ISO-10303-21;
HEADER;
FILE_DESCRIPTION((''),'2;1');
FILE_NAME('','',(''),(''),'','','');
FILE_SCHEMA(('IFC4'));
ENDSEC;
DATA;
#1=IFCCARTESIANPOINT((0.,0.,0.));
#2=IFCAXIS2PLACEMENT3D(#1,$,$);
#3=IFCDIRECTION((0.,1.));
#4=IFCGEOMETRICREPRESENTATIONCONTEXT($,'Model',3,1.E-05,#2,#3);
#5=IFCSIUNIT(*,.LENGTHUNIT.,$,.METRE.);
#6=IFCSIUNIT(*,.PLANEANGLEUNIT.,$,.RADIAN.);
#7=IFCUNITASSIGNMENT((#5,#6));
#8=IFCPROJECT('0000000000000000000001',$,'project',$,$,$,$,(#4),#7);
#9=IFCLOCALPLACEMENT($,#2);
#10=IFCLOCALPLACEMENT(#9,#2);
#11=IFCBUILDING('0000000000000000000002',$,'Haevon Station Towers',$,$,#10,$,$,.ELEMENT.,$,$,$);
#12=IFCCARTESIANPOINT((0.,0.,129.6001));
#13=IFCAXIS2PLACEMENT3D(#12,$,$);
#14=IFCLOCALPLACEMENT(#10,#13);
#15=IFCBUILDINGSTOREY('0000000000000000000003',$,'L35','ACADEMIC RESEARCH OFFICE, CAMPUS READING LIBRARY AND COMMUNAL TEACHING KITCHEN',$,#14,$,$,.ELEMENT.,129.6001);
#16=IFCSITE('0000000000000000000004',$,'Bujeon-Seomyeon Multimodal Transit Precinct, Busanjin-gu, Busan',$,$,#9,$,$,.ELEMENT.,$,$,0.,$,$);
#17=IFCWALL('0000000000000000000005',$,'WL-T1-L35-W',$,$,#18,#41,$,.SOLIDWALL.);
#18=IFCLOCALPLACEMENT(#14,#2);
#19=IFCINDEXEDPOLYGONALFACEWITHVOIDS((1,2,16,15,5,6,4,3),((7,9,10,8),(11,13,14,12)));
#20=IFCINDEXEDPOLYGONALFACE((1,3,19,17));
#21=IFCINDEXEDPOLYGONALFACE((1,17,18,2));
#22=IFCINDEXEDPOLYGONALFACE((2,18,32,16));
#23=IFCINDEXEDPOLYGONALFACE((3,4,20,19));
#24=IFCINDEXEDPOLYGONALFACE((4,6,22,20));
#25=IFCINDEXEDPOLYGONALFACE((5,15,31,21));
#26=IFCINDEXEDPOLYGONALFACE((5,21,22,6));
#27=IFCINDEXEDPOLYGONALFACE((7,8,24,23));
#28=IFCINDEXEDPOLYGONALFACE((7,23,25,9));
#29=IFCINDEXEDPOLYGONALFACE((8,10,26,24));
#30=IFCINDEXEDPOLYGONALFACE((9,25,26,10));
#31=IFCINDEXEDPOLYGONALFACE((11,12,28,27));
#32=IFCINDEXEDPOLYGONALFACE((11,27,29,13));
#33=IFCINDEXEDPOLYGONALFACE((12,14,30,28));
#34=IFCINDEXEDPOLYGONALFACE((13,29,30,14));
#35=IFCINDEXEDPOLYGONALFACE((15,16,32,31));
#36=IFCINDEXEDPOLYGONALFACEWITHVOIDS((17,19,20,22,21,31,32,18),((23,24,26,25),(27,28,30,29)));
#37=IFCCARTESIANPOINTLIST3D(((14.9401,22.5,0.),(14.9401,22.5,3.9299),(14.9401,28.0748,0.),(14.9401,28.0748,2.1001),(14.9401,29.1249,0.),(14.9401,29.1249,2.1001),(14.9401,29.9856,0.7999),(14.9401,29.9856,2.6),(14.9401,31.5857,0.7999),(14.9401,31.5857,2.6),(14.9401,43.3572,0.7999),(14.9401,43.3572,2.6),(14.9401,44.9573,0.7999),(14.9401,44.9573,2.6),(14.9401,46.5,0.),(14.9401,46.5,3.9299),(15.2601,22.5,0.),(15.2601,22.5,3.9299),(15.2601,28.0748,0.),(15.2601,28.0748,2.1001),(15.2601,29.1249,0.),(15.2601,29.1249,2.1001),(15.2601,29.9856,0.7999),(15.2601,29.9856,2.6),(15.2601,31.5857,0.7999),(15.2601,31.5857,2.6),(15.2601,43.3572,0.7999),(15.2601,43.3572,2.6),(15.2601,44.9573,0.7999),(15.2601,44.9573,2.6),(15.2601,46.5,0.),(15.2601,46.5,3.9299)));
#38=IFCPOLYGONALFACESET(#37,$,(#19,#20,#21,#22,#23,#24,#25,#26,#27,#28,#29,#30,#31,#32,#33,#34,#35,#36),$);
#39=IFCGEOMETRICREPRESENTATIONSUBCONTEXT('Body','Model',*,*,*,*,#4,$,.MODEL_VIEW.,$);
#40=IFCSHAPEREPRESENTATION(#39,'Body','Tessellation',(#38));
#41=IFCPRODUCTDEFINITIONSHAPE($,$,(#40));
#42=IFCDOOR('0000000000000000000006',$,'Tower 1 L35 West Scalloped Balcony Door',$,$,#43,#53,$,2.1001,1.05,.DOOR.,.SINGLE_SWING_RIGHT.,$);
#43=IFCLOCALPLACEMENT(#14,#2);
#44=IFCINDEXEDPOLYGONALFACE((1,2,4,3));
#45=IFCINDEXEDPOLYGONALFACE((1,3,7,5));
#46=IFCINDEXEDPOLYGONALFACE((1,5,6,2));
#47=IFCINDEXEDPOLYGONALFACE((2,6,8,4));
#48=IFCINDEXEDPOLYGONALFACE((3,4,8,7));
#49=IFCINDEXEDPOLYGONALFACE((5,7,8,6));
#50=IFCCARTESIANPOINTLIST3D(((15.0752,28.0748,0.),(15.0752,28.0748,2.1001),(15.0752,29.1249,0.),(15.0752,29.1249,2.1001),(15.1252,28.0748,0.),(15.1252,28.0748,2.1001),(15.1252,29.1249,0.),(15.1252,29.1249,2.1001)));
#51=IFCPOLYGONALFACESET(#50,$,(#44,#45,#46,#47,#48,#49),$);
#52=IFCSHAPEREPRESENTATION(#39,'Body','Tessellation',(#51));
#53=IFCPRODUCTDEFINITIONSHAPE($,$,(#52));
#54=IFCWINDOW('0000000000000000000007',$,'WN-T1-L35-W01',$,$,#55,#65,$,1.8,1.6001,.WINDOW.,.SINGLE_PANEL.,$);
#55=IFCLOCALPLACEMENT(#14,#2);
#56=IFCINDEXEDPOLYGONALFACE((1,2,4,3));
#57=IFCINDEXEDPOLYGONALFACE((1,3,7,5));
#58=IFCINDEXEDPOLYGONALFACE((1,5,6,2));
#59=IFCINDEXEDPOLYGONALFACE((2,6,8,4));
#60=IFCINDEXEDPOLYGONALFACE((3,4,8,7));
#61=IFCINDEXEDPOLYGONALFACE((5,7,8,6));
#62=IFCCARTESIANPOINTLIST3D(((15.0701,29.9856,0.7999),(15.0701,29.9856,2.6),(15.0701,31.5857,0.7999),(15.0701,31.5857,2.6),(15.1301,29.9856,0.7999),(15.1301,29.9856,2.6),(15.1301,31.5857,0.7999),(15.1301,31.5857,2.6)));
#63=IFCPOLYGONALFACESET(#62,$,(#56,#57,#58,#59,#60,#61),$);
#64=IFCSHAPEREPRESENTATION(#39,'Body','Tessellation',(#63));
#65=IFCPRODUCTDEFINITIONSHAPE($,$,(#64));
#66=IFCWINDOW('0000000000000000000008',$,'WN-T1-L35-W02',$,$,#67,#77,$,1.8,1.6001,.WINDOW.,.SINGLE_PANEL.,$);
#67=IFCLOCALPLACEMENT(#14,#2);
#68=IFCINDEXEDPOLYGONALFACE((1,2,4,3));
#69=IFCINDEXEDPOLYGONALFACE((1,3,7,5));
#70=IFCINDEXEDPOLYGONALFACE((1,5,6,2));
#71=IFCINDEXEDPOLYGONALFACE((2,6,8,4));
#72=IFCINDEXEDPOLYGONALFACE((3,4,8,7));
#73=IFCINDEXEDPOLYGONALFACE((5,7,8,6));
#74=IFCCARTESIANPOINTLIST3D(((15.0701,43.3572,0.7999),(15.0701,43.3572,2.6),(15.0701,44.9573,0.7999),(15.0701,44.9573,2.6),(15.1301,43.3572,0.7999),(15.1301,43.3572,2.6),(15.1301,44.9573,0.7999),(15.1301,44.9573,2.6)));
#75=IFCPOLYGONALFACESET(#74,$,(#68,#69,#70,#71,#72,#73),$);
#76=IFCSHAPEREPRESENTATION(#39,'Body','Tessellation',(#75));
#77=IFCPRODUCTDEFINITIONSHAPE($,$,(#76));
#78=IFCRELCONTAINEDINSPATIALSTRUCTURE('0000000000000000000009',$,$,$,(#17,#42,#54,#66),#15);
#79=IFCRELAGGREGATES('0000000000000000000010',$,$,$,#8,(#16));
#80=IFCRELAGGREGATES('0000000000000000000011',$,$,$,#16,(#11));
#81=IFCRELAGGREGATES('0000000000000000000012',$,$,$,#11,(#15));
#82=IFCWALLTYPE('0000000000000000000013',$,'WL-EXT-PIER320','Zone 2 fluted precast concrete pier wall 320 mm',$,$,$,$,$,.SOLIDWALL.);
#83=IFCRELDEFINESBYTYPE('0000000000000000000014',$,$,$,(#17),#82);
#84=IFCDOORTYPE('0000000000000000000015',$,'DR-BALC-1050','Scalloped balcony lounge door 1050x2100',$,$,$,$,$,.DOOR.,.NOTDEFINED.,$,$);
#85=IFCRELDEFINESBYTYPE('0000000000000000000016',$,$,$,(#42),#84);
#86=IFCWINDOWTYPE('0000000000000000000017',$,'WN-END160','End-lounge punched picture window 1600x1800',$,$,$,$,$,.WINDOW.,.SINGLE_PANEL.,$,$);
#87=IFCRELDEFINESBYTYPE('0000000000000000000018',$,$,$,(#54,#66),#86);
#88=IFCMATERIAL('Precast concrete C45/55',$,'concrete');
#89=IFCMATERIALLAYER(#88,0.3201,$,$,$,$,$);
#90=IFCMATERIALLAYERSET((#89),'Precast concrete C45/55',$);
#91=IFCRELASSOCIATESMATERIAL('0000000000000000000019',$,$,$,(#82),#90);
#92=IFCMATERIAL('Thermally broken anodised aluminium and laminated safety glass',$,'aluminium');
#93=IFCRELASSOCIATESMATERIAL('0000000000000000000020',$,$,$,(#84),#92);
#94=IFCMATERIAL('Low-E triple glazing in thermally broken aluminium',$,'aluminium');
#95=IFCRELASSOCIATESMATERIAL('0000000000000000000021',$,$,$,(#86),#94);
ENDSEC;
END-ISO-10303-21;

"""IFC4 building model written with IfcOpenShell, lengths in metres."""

from ifc_helpers import new_model, si_unit, direction, frame, frame_2d, origin, place, context, subcontext, project, spatial, rectangle, extrude, material, layer, layer_set, type_object, element, fill, save


model = new_model("IFC4")

# Units and contexts
model_context = context("Model", 3, precision=1e-05, world=origin(), true_north=direction((0.0, 1.0)))
body_context = subcontext(model_context, "Body", "Model", "MODEL_VIEW")
ifc_project = project(units=[si_unit("LENGTHUNIT", "METRE"), si_unit("PLANEANGLEUNIT", "RADIAN")], contexts=[model_context])

# Site, building, storey
site_placement = place(None, origin())
site = spatial("IfcSite", under=ifc_project, at=site_placement, Name="Bujeon-Seomyeon Multimodal Transit Precinct, Busanjin-gu, Busan", CompositionType="ELEMENT", RefElevation=0.0)
building_placement = place(site_placement, origin())
building = spatial("IfcBuilding", under=site, at=building_placement, Name="Haevon Station Towers", CompositionType="ELEMENT")
storey_placement = place(building_placement, frame((0.0, 0.0, 129.6001)))
storey = spatial("IfcBuildingStorey", under=building, at=storey_placement, Name="L35", Description="ACADEMIC RESEARCH OFFICE, CAMPUS READING LIBRARY AND COMMUNAL TEACHING KITCHEN", CompositionType="ELEMENT", Elevation=129.6001)

# Shared definitions
ifc_material_1 = material(Name="Precast concrete C45/55", Category="concrete")
ifc_layer_1 = layer(ifc_material_1, 0.3201)
ifc_layer_set_1 = layer_set([ifc_layer_1], Name="Precast concrete C45/55")
wall_type_1 = type_object("IfcWallType", Name="WL-EXT-PIER320", Description="Zone 2 fluted precast concrete pier wall 320 mm", PredefinedType="SOLIDWALL", material=ifc_layer_set_1)

# Wall, openings, door, windows
wall_1_placement = place(storey_placement, frame((15.1001, 22.5, 0.0), z_axis=(0.0, 0.0, 1.0), x_axis=(0.0, 1.0, 0.0)))
wall_1 = element("IfcWall", 1, at=wall_1_placement, inside=storey, type_object=wall_type_1, Name="WL-T1-L35-W", PredefinedType="SOLIDWALL", context=body_context, shape_type="SweptSolid", body=[
    extrude(rectangle(XDim=24.0, YDim=0.3201, at=frame_2d((12.0, 0.0))), origin(), (0.0, 0.0, 1.0), 3.9299),
])
opening_1_placement = place(wall_1_placement, frame((5.575, 0.0, 0.0)))
opening_1 = element("IfcOpeningElement", 2, at=opening_1_placement, cuts=wall_1, PredefinedType="OPENING", context=body_context, shape_type="SweptSolid", body=[
    extrude(rectangle(XDim=1.05, YDim=2.1001, at=frame_2d((0.5249, 1.05))), frame((0.0, 0.1699, 0.0), z_axis=(0.0, -1.0, 0.0), x_axis=(1.0, 0.0, 0.0)), (0.0, 0.0, 1.0), 0.3401),
])
opening_2_placement = place(wall_1_placement, frame((7.4856, 0.0, 0.8)))
opening_2 = element("IfcOpeningElement", 3, at=opening_2_placement, cuts=wall_1, PredefinedType="OPENING", context=body_context, shape_type="SweptSolid", body=[
    extrude(rectangle(XDim=1.6001, YDim=1.8, at=frame_2d((0.8, 0.8999))), frame((0.0, 0.1699, 0.0), z_axis=(0.0, -1.0, 0.0), x_axis=(1.0, 0.0, 0.0)), (0.0, 0.0, 1.0), 0.3401),
])
opening_3_placement = place(wall_1_placement, frame((20.8572, 0.0, 0.8)))
opening_3 = element("IfcOpeningElement", 4, at=opening_3_placement, cuts=wall_1, PredefinedType="OPENING", context=body_context, shape_type="SweptSolid", body=[
    extrude(rectangle(XDim=1.6001, YDim=1.8, at=frame_2d((0.8, 0.8999))), frame((0.0, 0.1699, 0.0), z_axis=(0.0, -1.0, 0.0), x_axis=(1.0, 0.0, 0.0)), (0.0, 0.0, 1.0), 0.3401),
])
ifc_material_2 = material(Name="Thermally broken anodised aluminium and laminated safety glass", Category="aluminium")
door_type_1 = type_object("IfcDoorType", Name="DR-BALC-1050", Description="Scalloped balcony lounge door 1050x2100", OperationType="NOTDEFINED", PredefinedType="DOOR", material=ifc_material_2)
door_1_placement = place(opening_1_placement, origin())
door_1 = element("IfcDoor", 5, at=door_1_placement, inside=storey, type_object=door_type_1, Name="Tower 1 L35 West Scalloped Balcony Door", OperationType="SINGLE_SWING_RIGHT", OverallHeight=2.1001, OverallWidth=1.05, PredefinedType="DOOR", context=body_context, shape_type="SweptSolid", body=[
    extrude(rectangle(XDim=1.05, YDim=2.1001, at=frame_2d((0.5249, 1.05))), frame((0.0, 0.0249, 0.0), z_axis=(0.0, -1.0, 0.0), x_axis=(1.0, 0.0, 0.0)), (0.0, 0.0, 1.0), 0.05),
])
fill(opening_1, door_1)
ifc_material_3 = material(Name="Low-E triple glazing in thermally broken aluminium", Category="aluminium")
window_type = type_object("IfcWindowType", Name="WN-END160", Description="End-lounge punched picture window 1600x1800", PartitioningType="SINGLE_PANEL", PredefinedType="WINDOW", material=ifc_material_3)
window_1_placement = place(opening_2_placement, origin())
window_1 = element("IfcWindow", 6, at=window_1_placement, inside=storey, type_object=window_type, Name="WN-T1-L35-W01", OverallHeight=1.8, OverallWidth=1.6001, PartitioningType="SINGLE_PANEL", PredefinedType="WINDOW", context=body_context, shape_type="SweptSolid", body=[
    extrude(rectangle(XDim=1.6001, YDim=1.8, at=frame_2d((0.8, 0.8999))), frame((0.0, 0.03, 0.0), z_axis=(0.0, -1.0, 0.0), x_axis=(1.0, 0.0, 0.0)), (0.0, 0.0, 1.0), 0.0601),
])
fill(opening_2, window_1)
window_2_placement = place(opening_3_placement, origin())
window_2 = element("IfcWindow", 7, at=window_2_placement, inside=storey, type_object=window_type, Name="WN-T1-L35-W02", OverallHeight=1.8, OverallWidth=1.6001, PartitioningType="SINGLE_PANEL", PredefinedType="WINDOW", context=body_context, shape_type="SweptSolid", body=[
    extrude(rectangle(XDim=1.6001, YDim=1.8, at=frame_2d((0.8, 0.8999))), frame((0.0, 0.03, 0.0), z_axis=(0.0, -1.0, 0.0), x_axis=(1.0, 0.0, 0.0)), (0.0, 0.0, 1.0), 0.0601),
])
fill(opening_3, window_2)

save(model, "model.ifc")
